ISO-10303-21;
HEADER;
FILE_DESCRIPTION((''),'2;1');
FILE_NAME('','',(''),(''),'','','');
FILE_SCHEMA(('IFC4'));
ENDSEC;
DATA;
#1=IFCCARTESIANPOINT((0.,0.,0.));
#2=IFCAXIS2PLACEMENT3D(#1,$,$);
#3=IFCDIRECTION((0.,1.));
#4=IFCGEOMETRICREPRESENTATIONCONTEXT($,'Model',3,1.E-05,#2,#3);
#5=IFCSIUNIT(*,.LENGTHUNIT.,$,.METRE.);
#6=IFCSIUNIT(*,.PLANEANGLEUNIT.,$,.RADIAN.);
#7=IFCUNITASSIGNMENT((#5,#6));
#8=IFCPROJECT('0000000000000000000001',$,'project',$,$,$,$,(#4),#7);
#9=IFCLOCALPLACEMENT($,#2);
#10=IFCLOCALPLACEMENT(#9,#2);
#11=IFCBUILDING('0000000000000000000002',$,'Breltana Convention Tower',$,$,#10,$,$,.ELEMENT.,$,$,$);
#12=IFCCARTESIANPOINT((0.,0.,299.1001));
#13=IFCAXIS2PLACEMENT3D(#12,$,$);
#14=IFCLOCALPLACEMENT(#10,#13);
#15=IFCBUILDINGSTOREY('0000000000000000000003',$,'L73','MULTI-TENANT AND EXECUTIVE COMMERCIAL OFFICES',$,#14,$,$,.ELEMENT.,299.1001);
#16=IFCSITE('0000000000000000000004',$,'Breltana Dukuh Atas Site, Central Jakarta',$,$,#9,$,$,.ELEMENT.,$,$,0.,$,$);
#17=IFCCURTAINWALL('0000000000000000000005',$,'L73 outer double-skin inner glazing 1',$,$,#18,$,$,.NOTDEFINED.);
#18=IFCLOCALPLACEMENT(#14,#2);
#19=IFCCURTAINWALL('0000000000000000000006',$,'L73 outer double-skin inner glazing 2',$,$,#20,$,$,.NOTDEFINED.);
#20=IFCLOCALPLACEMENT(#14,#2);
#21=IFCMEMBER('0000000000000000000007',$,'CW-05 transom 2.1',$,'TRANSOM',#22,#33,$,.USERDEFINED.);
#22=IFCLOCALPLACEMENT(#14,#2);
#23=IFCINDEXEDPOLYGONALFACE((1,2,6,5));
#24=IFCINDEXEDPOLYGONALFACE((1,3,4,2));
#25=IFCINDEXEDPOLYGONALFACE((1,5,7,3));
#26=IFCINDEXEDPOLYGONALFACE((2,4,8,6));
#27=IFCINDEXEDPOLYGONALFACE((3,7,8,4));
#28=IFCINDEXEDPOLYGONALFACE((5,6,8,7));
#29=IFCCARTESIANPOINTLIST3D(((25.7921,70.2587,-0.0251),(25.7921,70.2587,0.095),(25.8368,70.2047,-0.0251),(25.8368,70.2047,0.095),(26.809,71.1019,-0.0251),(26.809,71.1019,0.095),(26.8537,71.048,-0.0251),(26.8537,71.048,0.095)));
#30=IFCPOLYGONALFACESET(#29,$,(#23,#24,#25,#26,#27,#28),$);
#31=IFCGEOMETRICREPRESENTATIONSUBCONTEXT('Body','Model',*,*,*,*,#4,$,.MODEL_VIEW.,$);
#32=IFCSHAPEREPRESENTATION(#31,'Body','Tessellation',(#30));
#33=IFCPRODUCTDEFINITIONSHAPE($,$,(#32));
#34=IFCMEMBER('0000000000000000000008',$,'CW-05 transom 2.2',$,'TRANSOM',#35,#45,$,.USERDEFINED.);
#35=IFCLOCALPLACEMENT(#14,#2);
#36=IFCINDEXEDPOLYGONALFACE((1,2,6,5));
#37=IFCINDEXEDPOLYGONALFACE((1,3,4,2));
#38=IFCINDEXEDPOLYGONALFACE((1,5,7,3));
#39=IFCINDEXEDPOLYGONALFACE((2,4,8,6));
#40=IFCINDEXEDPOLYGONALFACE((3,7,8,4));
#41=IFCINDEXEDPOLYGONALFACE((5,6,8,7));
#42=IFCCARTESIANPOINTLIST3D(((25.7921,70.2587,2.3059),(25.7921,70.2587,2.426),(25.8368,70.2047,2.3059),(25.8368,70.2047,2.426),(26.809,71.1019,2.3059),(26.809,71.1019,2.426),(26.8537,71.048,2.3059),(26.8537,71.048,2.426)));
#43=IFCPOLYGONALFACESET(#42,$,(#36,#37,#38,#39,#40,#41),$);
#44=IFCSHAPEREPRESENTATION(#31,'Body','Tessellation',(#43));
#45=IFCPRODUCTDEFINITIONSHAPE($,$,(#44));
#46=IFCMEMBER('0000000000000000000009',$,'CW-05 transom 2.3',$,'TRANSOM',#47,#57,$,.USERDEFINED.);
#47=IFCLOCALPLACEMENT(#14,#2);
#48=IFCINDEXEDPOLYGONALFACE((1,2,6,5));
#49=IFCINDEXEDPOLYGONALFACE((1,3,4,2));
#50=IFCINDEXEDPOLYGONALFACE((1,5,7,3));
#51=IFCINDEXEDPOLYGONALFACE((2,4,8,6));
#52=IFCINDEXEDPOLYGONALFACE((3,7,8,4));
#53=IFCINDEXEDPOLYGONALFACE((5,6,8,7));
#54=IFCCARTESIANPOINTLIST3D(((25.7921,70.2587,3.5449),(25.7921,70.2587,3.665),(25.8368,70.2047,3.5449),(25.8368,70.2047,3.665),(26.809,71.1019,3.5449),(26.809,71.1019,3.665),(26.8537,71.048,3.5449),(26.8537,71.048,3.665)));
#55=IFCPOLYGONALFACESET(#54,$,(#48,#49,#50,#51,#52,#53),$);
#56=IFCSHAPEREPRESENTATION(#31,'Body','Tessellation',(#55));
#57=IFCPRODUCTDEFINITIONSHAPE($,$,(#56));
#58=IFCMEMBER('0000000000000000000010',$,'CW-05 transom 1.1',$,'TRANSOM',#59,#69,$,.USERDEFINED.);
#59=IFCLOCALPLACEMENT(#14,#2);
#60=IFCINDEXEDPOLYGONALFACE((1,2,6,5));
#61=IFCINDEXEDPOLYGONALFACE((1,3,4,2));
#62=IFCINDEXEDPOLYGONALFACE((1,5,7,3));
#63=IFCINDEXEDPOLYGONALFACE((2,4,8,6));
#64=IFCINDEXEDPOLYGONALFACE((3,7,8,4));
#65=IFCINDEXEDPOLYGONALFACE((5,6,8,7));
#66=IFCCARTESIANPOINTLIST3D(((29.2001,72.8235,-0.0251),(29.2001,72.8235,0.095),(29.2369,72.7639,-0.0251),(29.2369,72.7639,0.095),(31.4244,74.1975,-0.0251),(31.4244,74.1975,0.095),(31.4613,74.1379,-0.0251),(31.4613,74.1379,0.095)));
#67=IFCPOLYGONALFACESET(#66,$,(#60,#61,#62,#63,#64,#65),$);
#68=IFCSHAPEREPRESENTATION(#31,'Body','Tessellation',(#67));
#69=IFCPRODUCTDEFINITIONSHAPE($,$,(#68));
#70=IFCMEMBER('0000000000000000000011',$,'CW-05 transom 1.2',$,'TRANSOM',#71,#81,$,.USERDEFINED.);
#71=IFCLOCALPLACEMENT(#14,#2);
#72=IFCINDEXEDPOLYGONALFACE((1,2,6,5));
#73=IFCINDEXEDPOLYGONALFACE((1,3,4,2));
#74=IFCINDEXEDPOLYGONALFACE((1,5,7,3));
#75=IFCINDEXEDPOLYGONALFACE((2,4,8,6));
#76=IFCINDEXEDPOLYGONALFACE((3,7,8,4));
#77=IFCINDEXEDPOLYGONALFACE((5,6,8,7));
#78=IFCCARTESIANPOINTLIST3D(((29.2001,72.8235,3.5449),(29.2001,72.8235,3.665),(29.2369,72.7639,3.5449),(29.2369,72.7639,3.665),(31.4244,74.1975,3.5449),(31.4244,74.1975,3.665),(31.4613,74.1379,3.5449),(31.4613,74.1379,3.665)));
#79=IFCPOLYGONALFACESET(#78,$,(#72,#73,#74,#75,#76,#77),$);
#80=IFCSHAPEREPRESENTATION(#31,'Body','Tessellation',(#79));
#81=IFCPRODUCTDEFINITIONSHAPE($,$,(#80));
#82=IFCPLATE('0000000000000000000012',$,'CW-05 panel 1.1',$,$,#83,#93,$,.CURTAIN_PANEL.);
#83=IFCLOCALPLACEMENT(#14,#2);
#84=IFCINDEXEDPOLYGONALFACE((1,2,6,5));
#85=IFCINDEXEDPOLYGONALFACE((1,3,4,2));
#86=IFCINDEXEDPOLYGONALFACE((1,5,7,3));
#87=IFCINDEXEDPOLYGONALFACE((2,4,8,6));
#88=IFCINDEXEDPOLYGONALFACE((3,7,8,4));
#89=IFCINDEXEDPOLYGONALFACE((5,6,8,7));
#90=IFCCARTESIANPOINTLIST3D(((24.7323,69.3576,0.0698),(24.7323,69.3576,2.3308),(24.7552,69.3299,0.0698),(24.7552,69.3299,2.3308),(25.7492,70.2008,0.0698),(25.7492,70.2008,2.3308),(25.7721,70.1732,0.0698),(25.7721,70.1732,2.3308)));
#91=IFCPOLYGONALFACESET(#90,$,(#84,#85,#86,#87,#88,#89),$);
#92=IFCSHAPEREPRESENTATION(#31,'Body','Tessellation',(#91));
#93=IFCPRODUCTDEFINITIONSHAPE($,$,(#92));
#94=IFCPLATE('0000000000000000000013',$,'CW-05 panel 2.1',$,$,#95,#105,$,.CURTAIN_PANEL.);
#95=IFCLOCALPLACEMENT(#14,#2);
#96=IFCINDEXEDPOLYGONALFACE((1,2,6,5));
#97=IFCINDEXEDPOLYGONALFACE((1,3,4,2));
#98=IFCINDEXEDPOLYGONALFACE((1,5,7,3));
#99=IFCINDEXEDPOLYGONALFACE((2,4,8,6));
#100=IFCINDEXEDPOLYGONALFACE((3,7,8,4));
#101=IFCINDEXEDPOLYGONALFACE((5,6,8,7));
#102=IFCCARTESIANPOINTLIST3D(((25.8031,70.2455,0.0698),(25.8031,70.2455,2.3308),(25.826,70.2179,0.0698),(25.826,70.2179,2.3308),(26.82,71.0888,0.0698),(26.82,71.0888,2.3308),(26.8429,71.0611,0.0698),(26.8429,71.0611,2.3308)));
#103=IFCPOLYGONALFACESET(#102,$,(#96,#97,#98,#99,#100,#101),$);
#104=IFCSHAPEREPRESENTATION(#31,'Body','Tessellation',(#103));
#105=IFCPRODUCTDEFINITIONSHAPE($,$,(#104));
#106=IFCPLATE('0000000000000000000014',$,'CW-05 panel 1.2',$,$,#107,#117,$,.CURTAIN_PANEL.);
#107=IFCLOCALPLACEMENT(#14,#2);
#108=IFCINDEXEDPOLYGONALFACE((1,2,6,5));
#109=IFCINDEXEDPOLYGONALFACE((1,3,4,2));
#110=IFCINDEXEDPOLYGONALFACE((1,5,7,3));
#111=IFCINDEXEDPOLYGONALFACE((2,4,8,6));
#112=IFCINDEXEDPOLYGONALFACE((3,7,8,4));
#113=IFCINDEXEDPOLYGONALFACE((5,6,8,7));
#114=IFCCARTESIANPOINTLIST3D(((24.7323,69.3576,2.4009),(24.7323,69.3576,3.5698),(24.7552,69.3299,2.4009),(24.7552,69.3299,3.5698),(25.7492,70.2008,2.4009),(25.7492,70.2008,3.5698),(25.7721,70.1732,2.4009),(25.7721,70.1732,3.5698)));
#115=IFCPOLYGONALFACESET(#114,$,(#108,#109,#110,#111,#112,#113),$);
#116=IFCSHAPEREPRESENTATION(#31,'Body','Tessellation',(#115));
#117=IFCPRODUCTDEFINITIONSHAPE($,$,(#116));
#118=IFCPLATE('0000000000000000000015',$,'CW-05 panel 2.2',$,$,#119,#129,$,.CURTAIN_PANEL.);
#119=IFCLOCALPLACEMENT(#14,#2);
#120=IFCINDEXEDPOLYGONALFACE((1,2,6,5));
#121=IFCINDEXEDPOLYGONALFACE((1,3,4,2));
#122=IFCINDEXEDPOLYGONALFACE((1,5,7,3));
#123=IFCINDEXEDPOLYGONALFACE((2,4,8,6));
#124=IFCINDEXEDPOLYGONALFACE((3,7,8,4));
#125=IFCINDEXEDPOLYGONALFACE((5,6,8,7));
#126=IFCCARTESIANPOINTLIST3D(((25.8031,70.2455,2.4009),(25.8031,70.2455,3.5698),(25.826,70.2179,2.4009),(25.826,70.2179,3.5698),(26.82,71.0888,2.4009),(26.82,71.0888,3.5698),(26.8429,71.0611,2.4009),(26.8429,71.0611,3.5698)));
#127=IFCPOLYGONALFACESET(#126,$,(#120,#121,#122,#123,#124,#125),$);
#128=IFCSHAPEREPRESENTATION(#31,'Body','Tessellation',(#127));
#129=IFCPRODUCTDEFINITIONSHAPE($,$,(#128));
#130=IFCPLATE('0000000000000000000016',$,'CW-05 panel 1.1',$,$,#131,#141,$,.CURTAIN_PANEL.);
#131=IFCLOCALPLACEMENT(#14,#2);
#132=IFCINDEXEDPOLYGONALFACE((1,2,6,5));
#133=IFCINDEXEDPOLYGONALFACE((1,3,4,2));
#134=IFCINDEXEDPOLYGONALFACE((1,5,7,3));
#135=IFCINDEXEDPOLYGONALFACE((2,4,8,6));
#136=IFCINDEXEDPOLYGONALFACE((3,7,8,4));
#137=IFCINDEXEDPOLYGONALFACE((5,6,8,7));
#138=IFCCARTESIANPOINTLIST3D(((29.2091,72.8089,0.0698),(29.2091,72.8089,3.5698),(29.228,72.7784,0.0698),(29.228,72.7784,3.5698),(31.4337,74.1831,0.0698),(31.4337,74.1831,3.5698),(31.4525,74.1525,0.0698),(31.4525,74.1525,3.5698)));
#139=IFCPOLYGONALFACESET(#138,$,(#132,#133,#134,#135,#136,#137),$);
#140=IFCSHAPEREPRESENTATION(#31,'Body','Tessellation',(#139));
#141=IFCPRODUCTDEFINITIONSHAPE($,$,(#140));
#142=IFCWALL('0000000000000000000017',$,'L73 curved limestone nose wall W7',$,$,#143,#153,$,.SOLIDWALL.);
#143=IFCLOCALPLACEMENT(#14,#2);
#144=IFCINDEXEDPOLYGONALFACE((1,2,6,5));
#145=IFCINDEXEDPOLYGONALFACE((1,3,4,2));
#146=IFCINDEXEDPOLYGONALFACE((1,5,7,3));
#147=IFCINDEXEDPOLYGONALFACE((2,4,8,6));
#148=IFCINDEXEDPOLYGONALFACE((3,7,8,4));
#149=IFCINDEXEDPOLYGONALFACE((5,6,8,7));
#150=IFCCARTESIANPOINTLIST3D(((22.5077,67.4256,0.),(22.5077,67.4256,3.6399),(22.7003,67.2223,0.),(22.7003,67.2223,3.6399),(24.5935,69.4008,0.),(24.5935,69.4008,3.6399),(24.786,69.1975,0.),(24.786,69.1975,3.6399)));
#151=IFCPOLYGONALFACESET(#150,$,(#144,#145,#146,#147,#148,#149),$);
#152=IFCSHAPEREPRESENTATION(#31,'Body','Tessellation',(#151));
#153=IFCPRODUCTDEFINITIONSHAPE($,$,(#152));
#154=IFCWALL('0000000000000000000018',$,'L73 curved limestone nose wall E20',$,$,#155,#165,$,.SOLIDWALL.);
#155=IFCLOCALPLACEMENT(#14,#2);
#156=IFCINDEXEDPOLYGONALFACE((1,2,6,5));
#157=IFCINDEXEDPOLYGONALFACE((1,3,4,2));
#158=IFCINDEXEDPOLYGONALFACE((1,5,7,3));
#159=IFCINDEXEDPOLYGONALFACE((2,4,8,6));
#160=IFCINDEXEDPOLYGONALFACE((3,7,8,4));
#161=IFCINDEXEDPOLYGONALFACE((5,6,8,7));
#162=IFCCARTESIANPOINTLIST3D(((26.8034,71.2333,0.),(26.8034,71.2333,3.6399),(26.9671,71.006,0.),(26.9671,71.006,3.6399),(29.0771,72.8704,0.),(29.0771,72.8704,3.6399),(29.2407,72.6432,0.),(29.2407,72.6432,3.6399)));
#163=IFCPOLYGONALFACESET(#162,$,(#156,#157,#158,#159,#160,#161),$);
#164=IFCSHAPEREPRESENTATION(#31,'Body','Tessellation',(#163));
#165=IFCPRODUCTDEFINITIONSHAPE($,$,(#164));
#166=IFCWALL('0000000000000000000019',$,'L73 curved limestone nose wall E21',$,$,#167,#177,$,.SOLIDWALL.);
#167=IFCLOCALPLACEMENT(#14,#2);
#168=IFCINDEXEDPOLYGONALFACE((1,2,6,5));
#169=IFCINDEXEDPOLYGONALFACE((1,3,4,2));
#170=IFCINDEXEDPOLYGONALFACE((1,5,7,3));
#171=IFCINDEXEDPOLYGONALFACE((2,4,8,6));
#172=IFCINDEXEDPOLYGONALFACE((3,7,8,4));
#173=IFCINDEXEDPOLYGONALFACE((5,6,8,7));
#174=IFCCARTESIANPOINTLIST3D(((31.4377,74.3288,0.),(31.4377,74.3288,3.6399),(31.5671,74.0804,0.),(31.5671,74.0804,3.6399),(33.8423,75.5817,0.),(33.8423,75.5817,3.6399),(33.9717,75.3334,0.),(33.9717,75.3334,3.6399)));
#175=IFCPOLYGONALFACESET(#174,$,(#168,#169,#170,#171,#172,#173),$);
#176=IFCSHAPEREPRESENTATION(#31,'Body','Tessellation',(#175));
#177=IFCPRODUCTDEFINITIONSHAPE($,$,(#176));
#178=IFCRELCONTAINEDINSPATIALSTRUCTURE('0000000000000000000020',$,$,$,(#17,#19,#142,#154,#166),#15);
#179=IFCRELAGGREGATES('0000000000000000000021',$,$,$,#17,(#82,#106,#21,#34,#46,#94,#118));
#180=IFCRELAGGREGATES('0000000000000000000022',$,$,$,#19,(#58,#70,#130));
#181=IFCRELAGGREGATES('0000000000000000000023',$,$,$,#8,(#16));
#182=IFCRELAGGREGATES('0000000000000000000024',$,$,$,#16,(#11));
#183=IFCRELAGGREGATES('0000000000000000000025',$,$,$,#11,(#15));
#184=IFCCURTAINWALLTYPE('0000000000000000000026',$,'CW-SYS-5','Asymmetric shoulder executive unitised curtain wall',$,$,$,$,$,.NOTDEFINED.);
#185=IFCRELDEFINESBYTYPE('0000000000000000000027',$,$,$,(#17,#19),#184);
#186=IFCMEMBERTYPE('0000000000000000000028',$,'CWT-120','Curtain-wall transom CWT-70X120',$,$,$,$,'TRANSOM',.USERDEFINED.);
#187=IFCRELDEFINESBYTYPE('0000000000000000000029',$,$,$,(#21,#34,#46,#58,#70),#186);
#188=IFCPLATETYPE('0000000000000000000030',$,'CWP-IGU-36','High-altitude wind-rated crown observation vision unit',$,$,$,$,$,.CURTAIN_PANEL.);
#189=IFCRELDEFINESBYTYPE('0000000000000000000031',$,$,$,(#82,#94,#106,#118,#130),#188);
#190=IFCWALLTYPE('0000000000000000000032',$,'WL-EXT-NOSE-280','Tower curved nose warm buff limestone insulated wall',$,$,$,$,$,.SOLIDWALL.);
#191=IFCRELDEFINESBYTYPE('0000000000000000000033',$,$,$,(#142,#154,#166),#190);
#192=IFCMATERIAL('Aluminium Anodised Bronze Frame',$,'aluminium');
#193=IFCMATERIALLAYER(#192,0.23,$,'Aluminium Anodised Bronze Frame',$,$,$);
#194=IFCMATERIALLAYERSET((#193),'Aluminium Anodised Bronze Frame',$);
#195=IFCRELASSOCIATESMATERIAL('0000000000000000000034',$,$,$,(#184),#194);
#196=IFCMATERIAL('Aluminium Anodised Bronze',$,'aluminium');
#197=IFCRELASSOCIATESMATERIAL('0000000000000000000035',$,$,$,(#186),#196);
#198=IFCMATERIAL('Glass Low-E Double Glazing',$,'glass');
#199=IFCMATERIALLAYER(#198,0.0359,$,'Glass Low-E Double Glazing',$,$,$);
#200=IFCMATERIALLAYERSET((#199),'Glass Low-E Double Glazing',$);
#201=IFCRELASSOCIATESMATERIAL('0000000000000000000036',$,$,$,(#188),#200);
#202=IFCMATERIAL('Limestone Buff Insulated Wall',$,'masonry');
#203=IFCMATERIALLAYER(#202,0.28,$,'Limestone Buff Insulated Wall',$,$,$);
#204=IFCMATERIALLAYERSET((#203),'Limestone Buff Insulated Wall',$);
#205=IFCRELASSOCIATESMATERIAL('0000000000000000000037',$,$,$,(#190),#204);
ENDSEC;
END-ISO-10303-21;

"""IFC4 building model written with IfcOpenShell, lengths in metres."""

from ifc_helpers import new_model, si_unit, direction, frame, frame_2d, origin, origin_2d, place, context, subcontext, project, spatial, rectangle, extrude, source, transform, mapped, material, layer, layer_set, material_profile, profile_set, type_object, element, aggregate, save


model = new_model("IFC4")

# Units and contexts
model_context = context("Model", 3, precision=1e-05, world=origin(), true_north=direction((0.0, 1.0)))
body_context = subcontext(model_context, "Body", "Model", "MODEL_VIEW")
ifc_project = project(units=[si_unit("LENGTHUNIT", "METRE"), si_unit("PLANEANGLEUNIT", "RADIAN")], contexts=[model_context])

# Site, building, storey
site_placement = place(None, origin())
site = spatial("IfcSite", under=ifc_project, at=site_placement, Name="Breltana Dukuh Atas Site, Central Jakarta", CompositionType="ELEMENT", RefElevation=0.0)
building_placement = place(site_placement, origin())
building = spatial("IfcBuilding", under=site, at=building_placement, Name="Breltana Convention Tower", CompositionType="ELEMENT")
storey_placement = place(building_placement, frame((0.0, 0.0, 299.1001)))
storey = spatial("IfcBuildingStorey", under=building, at=storey_placement, Name="L73", Description="MULTI-TENANT AND EXECUTIVE COMMERCIAL OFFICES", CompositionType="ELEMENT", Elevation=299.1001)

# Curtain walls
ifc_material_1 = material(Name="Aluminium Anodised Bronze Frame", Category="aluminium")
ifc_layer_1 = layer(ifc_material_1, 0.23, Name="Aluminium Anodised Bronze Frame")
ifc_layer_set_1 = layer_set([ifc_layer_1], Name="Aluminium Anodised Bronze Frame")
curtain_wall_type = type_object("IfcCurtainWallType", Name="CW-SYS-5", Description="Asymmetric shoulder executive unitised curtain wall", PredefinedType="NOTDEFINED", material=ifc_layer_set_1)
curtain_wall_1_placement = place(storey_placement, origin())
curtain_wall_1 = element("IfcCurtainWall", 1, at=curtain_wall_1_placement, inside=storey, type_object=curtain_wall_type, Name="L73 outer double-skin inner glazing 1", PredefinedType="NOTDEFINED")
ifc_material_2 = material(Name="Aluminium Anodised Bronze", Category="aluminium")
curtain_wall_2_placement = place(storey_placement, origin())
curtain_wall_2 = element("IfcCurtainWall", 2, at=curtain_wall_2_placement, inside=storey, type_object=curtain_wall_type, Name="L73 outer double-skin inner glazing 2", PredefinedType="NOTDEFINED")

# Members
ifc_material_profile_1 = material_profile(ifc_material_2, rectangle(XDim=0.0701, YDim=0.1201, at=origin_2d()), Name="CWT-70X120")
ifc_profile_set_1 = profile_set([ifc_material_profile_1], Name="Aluminium Anodised Bronze")
member_type_1 = type_object("IfcMemberType", Name="CWT-120", Description="Curtain-wall transom CWT-70X120", ElementType="TRANSOM", PredefinedType="USERDEFINED", material=ifc_profile_set_1)
shared_shape_1 = source(origin(), body_context, "Body", "SweptSolid", [
    extrude(rectangle(XDim=0.0701, YDim=0.1201, at=origin_2d()), origin(), (0.0, 0.0, 1.0), 1.321),
])
member_1_placement = place(storey_placement, frame((25.8145, 70.2317, 0.0349), z_axis=(0.769749, 0.638347, 0.0), x_axis=(-0.638347, 0.769749, 0.0)))
member_1 = element("IfcMember", 3, at=member_1_placement, type_object=member_type_1, Name="CW-05 transom 2.1", ObjectType="TRANSOM", PredefinedType="USERDEFINED", context=body_context, shape_type="MappedRepresentation", body=[
    mapped(shared_shape_1, transform((0.0, 0.0, 0.0), scale=1.0)),
])
member_2_placement = place(storey_placement, frame((25.8145, 70.2317, 2.366), z_axis=(0.769749, 0.638347, 0.0), x_axis=(-0.638347, 0.769749, 0.0)))
member_2 = element("IfcMember", 4, at=member_2_placement, type_object=member_type_1, Name="CW-05 transom 2.2", ObjectType="TRANSOM", PredefinedType="USERDEFINED", context=body_context, shape_type="MappedRepresentation", body=[
    mapped(shared_shape_1, transform((0.0, 0.0, 0.0), scale=1.0)),
])
member_3_placement = place(storey_placement, frame((25.8145, 70.2317, 3.605), z_axis=(0.769749, 0.638347, 0.0), x_axis=(-0.638347, 0.769749, 0.0)))
member_3 = element("IfcMember", 5, at=member_3_placement, type_object=member_type_1, Name="CW-05 transom 2.3", ObjectType="TRANSOM", PredefinedType="USERDEFINED", context=body_context, shape_type="MappedRepresentation", body=[
    mapped(shared_shape_1, transform((0.0, 0.0, 0.0), scale=1.0)),
])
shared_shape_2 = source(origin(), body_context, "Body", "SweptSolid", [
    extrude(rectangle(XDim=0.0701, YDim=0.1201, at=origin_2d()), origin(), (0.0, 0.0, 1.0), 2.6145),
])
member_4_placement = place(storey_placement, frame((29.2185, 72.7937, 0.0349), z_axis=(0.850772, 0.525535, 0.0), x_axis=(-0.525535, 0.850772, 0.0)))
member_4 = element("IfcMember", 6, at=member_4_placement, type_object=member_type_1, Name="CW-05 transom 1.1", ObjectType="TRANSOM", PredefinedType="USERDEFINED", context=body_context, shape_type="MappedRepresentation", body=[
    mapped(shared_shape_2, transform((0.0, 0.0, 0.0), scale=1.0)),
])
member_5_placement = place(storey_placement, frame((29.2185, 72.7937, 3.605), z_axis=(0.850772, 0.525535, 0.0), x_axis=(-0.525535, 0.850772, 0.0)))
member_5 = element("IfcMember", 7, at=member_5_placement, type_object=member_type_1, Name="CW-05 transom 1.2", ObjectType="TRANSOM", PredefinedType="USERDEFINED", context=body_context, shape_type="MappedRepresentation", body=[
    mapped(shared_shape_2, transform((0.0, 0.0, 0.0), scale=1.0)),
])

# Plates
ifc_material_3 = material(Name="Glass Low-E Double Glazing", Category="glass")
ifc_layer_2 = layer(ifc_material_3, 0.0359, Name="Glass Low-E Double Glazing")
ifc_layer_set_2 = layer_set([ifc_layer_2], Name="Glass Low-E Double Glazing")
plate_type = type_object("IfcPlateType", Name="CWP-IGU-36", Description="High-altitude wind-rated crown observation vision unit", PredefinedType="CURTAIN_PANEL", material=ifc_layer_set_2)
shared_shape_3 = source(origin(), body_context, "Body", "SweptSolid", [
    extrude(rectangle(XDim=1.321, YDim=0.0359, at=origin_2d()), origin(), (0.0, 0.0, 1.0), 2.261),
])
plate_1_placement = place(storey_placement, frame((25.2522, 69.7654, 0.0698), z_axis=(0.0, 0.0, 1.0), x_axis=(0.769771, 0.63832, 0.0)))
plate_1 = element("IfcPlate", 8, at=plate_1_placement, type_object=plate_type, Name="CW-05 panel 1.1", PredefinedType="CURTAIN_PANEL", context=body_context, shape_type="MappedRepresentation", body=[
    mapped(shared_shape_3, transform((0.0, 0.0, 0.0), scale=1.0)),
])
plate_2_placement = place(storey_placement, frame((26.323, 70.6533, 0.0698), z_axis=(0.0, 0.0, 1.0), x_axis=(0.769771, 0.63832, 0.0)))
plate_2 = element("IfcPlate", 9, at=plate_2_placement, type_object=plate_type, Name="CW-05 panel 2.1", PredefinedType="CURTAIN_PANEL", context=body_context, shape_type="MappedRepresentation", body=[
    mapped(shared_shape_3, transform((0.0, 0.0, 0.0), scale=1.0)),
])
shared_shape_4 = source(origin(), body_context, "Body", "SweptSolid", [
    extrude(rectangle(XDim=1.321, YDim=0.0359, at=origin_2d()), origin(), (0.0, 0.0, 1.0), 1.1689),
])
plate_3_placement = place(storey_placement, frame((25.2522, 69.7654, 2.4009), z_axis=(0.0, 0.0, 1.0), x_axis=(0.769771, 0.63832, 0.0)))
plate_3 = element("IfcPlate", 10, at=plate_3_placement, type_object=plate_type, Name="CW-05 panel 1.2", PredefinedType="CURTAIN_PANEL", context=body_context, shape_type="MappedRepresentation", body=[
    mapped(shared_shape_4, transform((0.0, 0.0, 0.0), scale=1.0)),
])
plate_4_placement = place(storey_placement, frame((26.323, 70.6533, 2.4009), z_axis=(0.0, 0.0, 1.0), x_axis=(0.769771, 0.63832, 0.0)))
plate_4 = element("IfcPlate", 11, at=plate_4_placement, type_object=plate_type, Name="CW-05 panel 2.2", PredefinedType="CURTAIN_PANEL", context=body_context, shape_type="MappedRepresentation", body=[
    mapped(shared_shape_4, transform((0.0, 0.0, 0.0), scale=1.0)),
])
aggregate(curtain_wall_1, [plate_1, plate_3, member_1, member_2, member_3, plate_2, plate_4])
shared_shape_5 = source(origin(), body_context, "Body", "SweptSolid", [
    extrude(rectangle(XDim=2.6147, YDim=0.0359, at=origin_2d()), origin(), (0.0, 0.0, 1.0), 3.5),
])
plate_5_placement = place(storey_placement, frame((30.3308, 73.4807, 0.0698), z_axis=(0.0, 0.0, 1.0), x_axis=(0.850768, 0.525541, 0.0)))
plate_5 = element("IfcPlate", 12, at=plate_5_placement, type_object=plate_type, Name="CW-05 panel 1.1", PredefinedType="CURTAIN_PANEL", context=body_context, shape_type="MappedRepresentation", body=[
    mapped(shared_shape_5, transform((0.0, 0.0, 0.0), scale=1.0)),
])
aggregate(curtain_wall_2, [member_4, member_5, plate_5])

# Walls
ifc_material_4 = material(Name="Limestone Buff Insulated Wall", Category="masonry")
ifc_layer_3 = layer(ifc_material_4, 0.28, Name="Limestone Buff Insulated Wall")
ifc_layer_set_3 = layer_set([ifc_layer_3], Name="Limestone Buff Insulated Wall")
wall_type_1 = type_object("IfcWallType", Name="WL-EXT-NOSE-280", Description="Tower curved nose warm buff limestone insulated wall", PredefinedType="SOLIDWALL", material=ifc_layer_set_3)
shared_shape_6 = source(origin(), body_context, "Body", "SweptSolid", [
    extrude(rectangle(XDim=2.8726, YDim=0.28, at=frame_2d((1.4363, 0.0))), origin(), (0.0, 0.0, 1.0), 3.6399),
])
wall_1_placement = place(storey_placement, frame((22.604, 67.324, 0.0), z_axis=(0.0, 0.0, 1.0), x_axis=(0.726096, 0.687594, 0.0)))
element("IfcWall", 13, at=wall_1_placement, inside=storey, type_object=wall_type_1, Name="L73 curved limestone nose wall W7", PredefinedType="SOLIDWALL", context=body_context, shape_type="MappedRepresentation", body=[
    mapped(shared_shape_6, transform((0.0, 0.0, 0.0), scale=1.0)),
])
shared_shape_7 = source(origin(), body_context, "Body", "SweptSolid", [
    extrude(rectangle(XDim=2.8018, YDim=0.28, at=frame_2d((1.4009, 0.0))), origin(), (0.0, 0.0, 1.0), 3.6399),
])
wall_2_placement = place(storey_placement, frame((26.8853, 71.1196, 0.0), z_axis=(0.0, 0.0, 1.0), x_axis=(0.811508, 0.584341, 0.0)))
element("IfcWall", 14, at=wall_2_placement, inside=storey, type_object=wall_type_1, Name="L73 curved limestone nose wall E20", PredefinedType="SOLIDWALL", context=body_context, shape_type="MappedRepresentation", body=[
    mapped(shared_shape_7, transform((0.0, 0.0, 0.0), scale=1.0)),
])
shared_shape_8 = source(origin(), body_context, "Body", "SweptSolid", [
    extrude(rectangle(XDim=2.7114, YDim=0.28, at=frame_2d((1.3557, 0.0))), origin(), (0.0, 0.0, 1.0), 3.6399),
])
wall_3_placement = place(storey_placement, frame((31.5024, 74.2046, 0.0), z_axis=(0.0, 0.0, 1.0), x_axis=(0.886829, 0.462098, 0.0)))
element("IfcWall", 15, at=wall_3_placement, inside=storey, type_object=wall_type_1, Name="L73 curved limestone nose wall E21", PredefinedType="SOLIDWALL", context=body_context, shape_type="MappedRepresentation", body=[
    mapped(shared_shape_8, transform((0.0, 0.0, 0.0), scale=1.0)),
])

save(model, "model.ifc")
